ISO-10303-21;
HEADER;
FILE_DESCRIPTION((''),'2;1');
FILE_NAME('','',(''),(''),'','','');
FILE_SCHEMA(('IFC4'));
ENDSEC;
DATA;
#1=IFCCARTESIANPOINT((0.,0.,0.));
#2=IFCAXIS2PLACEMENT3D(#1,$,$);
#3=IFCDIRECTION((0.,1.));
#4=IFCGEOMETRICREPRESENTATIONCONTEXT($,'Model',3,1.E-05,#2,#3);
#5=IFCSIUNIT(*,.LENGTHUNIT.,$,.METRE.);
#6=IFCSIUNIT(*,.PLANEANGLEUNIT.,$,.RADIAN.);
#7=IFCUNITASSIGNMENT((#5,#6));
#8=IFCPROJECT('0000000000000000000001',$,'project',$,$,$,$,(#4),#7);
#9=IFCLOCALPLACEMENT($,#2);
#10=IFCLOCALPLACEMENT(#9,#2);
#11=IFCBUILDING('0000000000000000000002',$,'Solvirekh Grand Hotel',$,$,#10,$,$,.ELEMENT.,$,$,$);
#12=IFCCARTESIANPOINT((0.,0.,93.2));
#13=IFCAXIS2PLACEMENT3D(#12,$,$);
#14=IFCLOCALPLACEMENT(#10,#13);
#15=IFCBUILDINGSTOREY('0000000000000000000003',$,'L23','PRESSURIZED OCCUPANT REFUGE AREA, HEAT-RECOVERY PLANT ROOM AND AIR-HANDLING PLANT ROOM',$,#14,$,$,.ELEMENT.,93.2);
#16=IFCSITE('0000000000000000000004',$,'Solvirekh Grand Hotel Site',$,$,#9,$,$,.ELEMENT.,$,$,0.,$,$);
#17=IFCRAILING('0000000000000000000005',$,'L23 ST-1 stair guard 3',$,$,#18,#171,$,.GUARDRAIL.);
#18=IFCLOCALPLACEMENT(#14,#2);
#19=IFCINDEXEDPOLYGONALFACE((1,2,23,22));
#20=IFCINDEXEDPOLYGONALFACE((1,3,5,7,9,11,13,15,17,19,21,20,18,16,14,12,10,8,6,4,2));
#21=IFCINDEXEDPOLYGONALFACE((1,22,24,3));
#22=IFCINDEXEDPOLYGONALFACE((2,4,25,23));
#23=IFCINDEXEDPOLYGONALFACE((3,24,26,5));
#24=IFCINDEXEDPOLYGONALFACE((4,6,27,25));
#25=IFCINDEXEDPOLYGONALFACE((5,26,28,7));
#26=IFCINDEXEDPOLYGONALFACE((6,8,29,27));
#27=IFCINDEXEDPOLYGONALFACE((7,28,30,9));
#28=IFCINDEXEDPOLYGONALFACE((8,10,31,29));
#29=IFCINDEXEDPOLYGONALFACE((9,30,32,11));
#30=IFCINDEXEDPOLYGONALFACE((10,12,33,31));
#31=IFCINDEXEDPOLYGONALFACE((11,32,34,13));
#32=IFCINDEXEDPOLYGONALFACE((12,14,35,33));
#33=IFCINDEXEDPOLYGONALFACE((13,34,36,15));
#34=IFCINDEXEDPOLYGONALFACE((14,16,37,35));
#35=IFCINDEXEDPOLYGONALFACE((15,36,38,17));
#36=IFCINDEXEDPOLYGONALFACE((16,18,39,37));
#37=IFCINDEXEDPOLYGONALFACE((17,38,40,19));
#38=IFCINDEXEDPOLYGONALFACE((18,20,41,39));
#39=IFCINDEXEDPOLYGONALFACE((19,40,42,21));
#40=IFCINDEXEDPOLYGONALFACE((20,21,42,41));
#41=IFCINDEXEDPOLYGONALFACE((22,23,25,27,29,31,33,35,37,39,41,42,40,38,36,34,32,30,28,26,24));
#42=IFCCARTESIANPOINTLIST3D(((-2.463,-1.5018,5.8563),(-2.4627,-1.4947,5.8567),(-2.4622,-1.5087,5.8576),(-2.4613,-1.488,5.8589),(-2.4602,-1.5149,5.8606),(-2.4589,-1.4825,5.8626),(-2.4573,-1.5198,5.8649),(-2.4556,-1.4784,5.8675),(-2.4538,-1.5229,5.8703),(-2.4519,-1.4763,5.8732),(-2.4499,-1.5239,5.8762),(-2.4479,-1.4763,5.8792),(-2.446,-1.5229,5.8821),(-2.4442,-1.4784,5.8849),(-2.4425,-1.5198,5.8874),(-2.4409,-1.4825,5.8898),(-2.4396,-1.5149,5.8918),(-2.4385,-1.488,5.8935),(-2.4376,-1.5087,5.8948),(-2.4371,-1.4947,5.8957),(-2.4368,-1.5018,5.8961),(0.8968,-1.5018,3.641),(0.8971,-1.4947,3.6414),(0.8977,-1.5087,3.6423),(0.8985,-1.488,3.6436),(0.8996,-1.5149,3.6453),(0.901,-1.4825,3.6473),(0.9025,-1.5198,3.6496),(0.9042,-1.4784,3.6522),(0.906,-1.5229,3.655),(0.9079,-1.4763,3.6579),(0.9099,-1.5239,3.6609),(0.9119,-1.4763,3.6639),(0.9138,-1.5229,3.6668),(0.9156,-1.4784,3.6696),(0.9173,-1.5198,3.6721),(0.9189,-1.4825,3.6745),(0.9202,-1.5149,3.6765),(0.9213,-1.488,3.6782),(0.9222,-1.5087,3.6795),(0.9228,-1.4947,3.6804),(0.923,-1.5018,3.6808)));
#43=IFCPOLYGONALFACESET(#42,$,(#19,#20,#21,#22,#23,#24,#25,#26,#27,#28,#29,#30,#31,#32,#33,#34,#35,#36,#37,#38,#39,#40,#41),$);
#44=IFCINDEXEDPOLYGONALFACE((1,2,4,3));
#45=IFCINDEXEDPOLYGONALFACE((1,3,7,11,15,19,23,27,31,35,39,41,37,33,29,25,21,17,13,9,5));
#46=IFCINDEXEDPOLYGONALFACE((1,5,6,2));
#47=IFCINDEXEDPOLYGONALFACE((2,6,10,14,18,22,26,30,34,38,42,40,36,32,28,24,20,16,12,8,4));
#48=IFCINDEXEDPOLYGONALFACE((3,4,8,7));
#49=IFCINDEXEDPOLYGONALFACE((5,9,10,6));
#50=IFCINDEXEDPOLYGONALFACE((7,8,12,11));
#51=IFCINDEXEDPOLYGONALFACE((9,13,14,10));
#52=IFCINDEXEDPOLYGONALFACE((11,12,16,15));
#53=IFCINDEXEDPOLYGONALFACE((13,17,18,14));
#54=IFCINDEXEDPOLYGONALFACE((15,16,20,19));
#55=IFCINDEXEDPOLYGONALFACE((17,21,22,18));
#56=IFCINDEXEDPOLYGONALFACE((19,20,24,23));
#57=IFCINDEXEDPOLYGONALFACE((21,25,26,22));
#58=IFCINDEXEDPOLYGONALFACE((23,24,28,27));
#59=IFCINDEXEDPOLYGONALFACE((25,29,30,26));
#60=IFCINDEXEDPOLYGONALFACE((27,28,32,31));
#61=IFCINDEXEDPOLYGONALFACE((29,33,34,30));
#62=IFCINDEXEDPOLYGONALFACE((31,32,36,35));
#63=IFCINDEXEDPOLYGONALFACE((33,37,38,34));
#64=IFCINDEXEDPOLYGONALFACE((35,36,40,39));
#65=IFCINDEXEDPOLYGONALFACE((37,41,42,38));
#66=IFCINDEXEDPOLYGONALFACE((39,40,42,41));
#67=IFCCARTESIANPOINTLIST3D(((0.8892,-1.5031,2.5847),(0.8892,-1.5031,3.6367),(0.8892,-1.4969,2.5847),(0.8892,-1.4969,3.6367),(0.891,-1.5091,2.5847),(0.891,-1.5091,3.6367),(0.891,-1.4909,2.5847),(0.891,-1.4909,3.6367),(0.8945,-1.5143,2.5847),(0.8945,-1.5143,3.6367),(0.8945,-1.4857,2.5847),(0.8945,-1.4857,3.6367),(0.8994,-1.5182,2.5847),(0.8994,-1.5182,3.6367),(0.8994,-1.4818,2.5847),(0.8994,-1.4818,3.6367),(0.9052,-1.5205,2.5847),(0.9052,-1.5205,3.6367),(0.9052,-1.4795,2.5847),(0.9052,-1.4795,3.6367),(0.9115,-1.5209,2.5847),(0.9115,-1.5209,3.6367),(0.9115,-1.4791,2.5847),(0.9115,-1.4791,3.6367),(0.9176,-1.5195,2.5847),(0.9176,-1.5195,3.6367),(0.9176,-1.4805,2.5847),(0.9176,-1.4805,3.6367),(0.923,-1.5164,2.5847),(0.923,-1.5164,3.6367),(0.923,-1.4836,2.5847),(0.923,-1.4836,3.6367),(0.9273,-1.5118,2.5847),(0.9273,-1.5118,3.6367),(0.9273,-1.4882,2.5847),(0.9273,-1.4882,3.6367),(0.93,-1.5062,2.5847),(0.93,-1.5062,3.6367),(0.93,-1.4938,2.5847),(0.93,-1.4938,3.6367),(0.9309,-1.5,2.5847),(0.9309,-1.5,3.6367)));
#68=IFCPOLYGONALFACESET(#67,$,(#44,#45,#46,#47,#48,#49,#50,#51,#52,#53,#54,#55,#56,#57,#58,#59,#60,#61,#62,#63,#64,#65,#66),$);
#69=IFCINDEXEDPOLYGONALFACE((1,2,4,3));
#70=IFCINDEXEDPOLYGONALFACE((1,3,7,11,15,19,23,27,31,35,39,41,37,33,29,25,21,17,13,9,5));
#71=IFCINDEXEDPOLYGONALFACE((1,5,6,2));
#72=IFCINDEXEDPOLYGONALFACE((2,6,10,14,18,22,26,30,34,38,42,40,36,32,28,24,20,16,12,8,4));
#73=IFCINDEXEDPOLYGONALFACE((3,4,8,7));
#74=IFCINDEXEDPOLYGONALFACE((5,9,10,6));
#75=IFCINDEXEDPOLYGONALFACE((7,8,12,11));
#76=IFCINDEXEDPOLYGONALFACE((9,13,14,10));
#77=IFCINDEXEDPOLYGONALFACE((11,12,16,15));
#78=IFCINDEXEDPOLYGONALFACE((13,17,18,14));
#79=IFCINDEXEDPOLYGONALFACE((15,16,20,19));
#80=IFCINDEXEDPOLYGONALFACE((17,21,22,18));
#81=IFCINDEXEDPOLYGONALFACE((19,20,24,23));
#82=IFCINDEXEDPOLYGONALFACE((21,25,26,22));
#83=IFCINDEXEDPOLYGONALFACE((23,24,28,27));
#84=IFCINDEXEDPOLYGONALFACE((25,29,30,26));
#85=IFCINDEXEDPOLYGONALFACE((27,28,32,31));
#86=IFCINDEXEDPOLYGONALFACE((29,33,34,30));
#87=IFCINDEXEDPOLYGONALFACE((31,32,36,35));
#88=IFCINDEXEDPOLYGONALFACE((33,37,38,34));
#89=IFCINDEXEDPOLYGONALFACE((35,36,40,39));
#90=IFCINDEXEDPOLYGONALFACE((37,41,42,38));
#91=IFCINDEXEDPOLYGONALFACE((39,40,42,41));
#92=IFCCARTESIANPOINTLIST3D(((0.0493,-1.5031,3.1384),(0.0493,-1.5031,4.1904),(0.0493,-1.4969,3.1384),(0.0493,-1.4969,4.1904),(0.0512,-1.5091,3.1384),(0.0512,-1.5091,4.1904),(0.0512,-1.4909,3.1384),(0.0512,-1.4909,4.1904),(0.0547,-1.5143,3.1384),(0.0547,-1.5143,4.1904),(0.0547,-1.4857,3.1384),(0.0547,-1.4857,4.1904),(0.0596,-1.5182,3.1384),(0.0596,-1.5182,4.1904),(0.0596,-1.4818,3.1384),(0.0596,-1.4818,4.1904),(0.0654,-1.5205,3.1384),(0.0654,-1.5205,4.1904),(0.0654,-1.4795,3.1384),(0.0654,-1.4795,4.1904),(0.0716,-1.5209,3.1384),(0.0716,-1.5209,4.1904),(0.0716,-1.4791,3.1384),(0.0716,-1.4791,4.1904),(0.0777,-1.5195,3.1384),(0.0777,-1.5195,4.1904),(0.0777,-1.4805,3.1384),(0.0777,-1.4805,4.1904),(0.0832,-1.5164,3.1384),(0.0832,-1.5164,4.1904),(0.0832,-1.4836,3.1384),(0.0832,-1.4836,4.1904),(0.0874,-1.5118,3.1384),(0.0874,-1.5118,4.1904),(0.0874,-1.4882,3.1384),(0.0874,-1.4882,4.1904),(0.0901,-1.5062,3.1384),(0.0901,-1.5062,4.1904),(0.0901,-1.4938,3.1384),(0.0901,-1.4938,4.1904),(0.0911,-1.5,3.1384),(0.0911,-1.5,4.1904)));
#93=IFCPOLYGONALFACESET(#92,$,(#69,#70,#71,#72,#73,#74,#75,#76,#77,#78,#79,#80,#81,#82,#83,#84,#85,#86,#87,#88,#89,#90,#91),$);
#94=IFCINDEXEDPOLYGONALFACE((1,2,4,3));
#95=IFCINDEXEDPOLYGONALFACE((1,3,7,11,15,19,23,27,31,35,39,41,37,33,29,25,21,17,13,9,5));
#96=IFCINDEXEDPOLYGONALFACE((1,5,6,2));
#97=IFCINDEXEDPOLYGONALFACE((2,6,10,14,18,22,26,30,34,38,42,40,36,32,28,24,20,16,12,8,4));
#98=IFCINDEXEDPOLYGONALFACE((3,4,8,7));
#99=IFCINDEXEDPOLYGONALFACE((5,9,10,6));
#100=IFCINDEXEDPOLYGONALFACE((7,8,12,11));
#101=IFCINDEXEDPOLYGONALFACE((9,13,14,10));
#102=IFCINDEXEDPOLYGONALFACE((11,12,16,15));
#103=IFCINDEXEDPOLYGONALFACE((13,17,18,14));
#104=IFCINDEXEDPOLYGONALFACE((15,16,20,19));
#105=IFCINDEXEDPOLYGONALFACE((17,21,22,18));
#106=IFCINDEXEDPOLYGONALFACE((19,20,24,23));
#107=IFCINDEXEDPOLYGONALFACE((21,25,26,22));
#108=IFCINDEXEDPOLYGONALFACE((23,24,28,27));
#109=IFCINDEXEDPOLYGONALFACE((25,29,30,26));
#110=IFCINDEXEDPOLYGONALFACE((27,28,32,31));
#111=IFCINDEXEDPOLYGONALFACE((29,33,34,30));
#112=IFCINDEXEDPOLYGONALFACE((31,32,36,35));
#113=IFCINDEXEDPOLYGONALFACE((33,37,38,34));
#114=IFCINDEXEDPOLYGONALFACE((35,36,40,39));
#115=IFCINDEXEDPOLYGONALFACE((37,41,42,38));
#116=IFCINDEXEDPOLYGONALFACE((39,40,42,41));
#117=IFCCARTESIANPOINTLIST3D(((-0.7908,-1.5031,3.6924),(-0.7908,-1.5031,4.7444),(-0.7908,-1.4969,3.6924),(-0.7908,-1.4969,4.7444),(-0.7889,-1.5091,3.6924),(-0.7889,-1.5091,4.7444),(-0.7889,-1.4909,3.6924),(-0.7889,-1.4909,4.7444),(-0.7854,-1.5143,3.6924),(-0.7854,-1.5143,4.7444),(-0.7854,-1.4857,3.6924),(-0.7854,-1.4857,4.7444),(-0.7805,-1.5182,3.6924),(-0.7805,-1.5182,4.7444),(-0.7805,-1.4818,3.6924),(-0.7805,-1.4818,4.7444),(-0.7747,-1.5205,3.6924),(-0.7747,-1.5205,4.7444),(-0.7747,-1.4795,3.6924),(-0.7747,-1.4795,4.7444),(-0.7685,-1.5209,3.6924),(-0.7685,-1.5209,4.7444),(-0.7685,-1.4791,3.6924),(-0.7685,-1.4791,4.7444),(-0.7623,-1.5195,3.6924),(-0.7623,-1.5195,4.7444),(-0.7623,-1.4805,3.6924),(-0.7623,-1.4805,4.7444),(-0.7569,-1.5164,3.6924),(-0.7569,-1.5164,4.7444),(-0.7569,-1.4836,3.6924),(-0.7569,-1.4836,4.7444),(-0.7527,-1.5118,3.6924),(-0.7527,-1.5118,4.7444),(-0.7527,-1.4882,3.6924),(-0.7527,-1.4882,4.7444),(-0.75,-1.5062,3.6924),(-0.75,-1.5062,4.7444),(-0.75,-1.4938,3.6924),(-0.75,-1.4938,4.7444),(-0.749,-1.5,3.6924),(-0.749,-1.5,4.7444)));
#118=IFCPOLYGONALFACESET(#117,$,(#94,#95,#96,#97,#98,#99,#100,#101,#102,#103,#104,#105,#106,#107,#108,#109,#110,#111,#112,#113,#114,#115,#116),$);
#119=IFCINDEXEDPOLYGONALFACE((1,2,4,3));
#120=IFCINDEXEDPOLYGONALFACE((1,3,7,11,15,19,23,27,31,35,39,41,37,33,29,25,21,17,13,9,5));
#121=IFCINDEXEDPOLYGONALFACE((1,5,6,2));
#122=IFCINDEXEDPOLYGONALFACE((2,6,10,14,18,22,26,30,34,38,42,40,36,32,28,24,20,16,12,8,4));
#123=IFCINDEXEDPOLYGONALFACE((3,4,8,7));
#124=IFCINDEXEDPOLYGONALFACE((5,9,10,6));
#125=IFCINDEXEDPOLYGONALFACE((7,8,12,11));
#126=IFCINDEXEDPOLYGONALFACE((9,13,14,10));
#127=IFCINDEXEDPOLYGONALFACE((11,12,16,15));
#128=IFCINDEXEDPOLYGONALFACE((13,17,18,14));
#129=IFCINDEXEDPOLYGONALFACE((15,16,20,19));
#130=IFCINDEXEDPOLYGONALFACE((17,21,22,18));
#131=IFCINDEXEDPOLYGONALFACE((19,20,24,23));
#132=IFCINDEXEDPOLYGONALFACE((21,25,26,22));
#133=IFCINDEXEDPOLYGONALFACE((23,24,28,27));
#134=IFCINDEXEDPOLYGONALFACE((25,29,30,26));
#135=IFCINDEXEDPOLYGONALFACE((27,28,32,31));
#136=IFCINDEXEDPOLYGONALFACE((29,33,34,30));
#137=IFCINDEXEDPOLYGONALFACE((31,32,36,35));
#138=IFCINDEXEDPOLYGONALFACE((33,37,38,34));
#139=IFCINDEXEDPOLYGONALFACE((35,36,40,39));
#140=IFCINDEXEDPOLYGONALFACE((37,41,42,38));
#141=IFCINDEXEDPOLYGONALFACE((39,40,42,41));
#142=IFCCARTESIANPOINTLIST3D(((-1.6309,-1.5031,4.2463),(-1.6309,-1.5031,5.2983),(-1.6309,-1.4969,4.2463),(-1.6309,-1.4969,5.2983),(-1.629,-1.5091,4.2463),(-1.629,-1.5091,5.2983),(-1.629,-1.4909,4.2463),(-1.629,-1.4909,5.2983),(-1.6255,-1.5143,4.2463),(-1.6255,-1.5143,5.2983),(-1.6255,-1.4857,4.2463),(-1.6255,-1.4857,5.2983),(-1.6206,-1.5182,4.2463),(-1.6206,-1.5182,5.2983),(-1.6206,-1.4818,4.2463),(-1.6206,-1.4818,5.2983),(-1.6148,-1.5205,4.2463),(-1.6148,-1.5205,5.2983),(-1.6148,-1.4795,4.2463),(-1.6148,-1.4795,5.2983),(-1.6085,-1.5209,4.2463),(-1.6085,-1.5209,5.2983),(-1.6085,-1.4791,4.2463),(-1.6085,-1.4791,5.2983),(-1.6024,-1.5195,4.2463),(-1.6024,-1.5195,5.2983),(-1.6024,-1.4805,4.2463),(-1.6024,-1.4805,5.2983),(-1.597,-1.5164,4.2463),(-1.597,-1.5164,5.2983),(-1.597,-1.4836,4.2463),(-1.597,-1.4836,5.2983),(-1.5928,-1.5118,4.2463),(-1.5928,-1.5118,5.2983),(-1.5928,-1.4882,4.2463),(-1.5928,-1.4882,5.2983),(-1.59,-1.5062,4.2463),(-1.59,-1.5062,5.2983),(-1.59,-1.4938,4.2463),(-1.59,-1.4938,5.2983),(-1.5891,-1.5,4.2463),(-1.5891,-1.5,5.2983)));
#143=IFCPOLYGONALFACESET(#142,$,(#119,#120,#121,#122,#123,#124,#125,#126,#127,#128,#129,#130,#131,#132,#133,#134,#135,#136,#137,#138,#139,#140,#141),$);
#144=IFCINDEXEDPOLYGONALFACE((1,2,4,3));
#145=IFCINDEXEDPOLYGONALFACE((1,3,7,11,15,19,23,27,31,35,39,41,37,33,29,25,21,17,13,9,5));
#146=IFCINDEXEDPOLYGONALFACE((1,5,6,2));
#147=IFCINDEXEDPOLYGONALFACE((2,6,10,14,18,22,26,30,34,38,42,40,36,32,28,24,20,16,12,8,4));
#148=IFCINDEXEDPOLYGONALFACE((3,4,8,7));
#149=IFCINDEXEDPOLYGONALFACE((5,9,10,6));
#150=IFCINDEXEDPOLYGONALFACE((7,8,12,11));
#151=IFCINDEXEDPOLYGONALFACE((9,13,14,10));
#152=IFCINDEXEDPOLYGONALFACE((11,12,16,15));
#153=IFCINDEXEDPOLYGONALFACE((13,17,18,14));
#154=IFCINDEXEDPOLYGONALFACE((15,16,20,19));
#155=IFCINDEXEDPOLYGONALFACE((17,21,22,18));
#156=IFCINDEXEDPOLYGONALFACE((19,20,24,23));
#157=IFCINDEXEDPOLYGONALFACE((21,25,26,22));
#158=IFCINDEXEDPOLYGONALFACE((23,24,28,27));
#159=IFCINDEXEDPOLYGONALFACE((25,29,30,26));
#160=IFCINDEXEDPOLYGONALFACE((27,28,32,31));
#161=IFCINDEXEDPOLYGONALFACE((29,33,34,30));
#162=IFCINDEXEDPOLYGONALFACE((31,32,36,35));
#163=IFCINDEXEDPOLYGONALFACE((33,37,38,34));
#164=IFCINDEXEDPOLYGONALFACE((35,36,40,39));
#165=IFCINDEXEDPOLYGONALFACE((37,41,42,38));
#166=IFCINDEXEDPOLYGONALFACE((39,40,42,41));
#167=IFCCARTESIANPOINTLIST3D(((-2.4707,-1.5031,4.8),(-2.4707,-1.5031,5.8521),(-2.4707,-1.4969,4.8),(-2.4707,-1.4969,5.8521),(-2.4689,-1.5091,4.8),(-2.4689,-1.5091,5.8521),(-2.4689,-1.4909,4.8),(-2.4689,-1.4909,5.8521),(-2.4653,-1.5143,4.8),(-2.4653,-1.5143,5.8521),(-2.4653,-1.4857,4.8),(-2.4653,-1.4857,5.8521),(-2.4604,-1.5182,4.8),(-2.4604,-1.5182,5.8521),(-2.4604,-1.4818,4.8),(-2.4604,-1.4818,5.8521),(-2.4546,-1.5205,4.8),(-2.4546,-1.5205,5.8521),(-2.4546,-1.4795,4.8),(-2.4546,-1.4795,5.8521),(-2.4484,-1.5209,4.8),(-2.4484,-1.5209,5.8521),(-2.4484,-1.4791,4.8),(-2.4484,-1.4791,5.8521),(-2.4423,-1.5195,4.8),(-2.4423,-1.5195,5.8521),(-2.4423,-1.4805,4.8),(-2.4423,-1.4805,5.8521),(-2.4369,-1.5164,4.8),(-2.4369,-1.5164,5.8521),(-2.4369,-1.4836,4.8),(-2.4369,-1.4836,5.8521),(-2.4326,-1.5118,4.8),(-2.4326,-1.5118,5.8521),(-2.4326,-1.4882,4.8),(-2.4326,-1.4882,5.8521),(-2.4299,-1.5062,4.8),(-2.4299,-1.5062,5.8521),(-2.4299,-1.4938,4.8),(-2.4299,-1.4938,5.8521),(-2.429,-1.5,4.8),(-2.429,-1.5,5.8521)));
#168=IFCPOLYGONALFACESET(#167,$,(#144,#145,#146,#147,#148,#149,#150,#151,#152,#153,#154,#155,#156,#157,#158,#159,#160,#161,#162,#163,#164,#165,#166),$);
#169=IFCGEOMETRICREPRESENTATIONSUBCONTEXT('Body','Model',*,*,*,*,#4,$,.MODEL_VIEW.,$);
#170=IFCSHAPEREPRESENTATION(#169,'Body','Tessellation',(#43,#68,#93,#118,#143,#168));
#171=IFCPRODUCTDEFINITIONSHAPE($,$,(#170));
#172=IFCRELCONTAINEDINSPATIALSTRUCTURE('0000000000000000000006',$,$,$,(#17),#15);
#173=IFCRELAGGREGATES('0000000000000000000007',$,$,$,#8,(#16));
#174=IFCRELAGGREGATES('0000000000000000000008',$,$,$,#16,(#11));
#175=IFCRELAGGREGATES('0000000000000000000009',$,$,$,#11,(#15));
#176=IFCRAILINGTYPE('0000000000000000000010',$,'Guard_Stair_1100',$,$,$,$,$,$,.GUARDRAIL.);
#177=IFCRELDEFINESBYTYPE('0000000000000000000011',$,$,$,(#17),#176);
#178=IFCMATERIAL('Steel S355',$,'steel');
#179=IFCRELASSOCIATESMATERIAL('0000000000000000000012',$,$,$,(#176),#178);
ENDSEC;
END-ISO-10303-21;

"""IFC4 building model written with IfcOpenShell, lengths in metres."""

from ifc_helpers import new_model, si_unit, direction, frame, origin, origin_2d, place, context, subcontext, project, spatial, circle, extrude, material, type_object, element, save


model = new_model("IFC4")

# Units and contexts
model_context = context("Model", 3, precision=1e-05, world=origin(), true_north=direction((0.0, 1.0)))
body_context = subcontext(model_context, "Body", "Model", "MODEL_VIEW")
ifc_project = project(units=[si_unit("LENGTHUNIT", "METRE"), si_unit("PLANEANGLEUNIT", "RADIAN")], contexts=[model_context])

# Site, building, storey
site_placement = place(None, origin())
site = spatial("IfcSite", under=ifc_project, at=site_placement, Name="Solvirekh Grand Hotel Site", CompositionType="ELEMENT", RefElevation=0.0)
building_placement = place(site_placement, origin())
building = spatial("IfcBuilding", under=site, at=building_placement, Name="Solvirekh Grand Hotel", CompositionType="ELEMENT")
storey_placement = place(building_placement, frame((0.0, 0.0, 93.2)))
storey = spatial("IfcBuildingStorey", under=building, at=storey_placement, Name="L23", Description="PRESSURIZED OCCUPANT REFUGE AREA, HEAT-RECOVERY PLANT ROOM AND AIR-HANDLING PLANT ROOM", CompositionType="ELEMENT", Elevation=93.2)

# Shared definitions
ifc_material_1 = material(Name="Steel S355", Category="steel")

# Railing
railing_type_1 = type_object("IfcRailingType", Name="Guard_Stair_1100", PredefinedType="GUARDRAIL", material=ifc_material_1)
railing_1_placement = place(storey_placement, frame((0.9099, -1.5, 2.5847)))
element("IfcRailing", 1, at=railing_1_placement, inside=storey, type_object=railing_type_1, Name="L23 ST-1 stair guard 3", PredefinedType="GUARDRAIL", context=body_context, shape_type="SweptSolid", body=[
    extrude(circle(Radius=0.0239, at=origin_2d()), frame((0.0, 0.0, 1.0762), z_axis=(-0.834858, 0.0, 0.550465), x_axis=(0.0, -1.0, 0.0)), (0.0, 0.0, 1.0), 4.0244),
    extrude(circle(Radius=0.021, at=origin_2d()), origin(), (0.0, 0.0, 1.0), 1.052),
    extrude(circle(Radius=0.021, at=origin_2d()), frame((-0.8398, 0.0, 0.5537)), (0.0, 0.0, 1.0), 1.052),
    extrude(circle(Radius=0.021, at=origin_2d()), frame((-1.6799, 0.0, 1.1077)), (0.0, 0.0, 1.0), 1.052),
    extrude(circle(Radius=0.021, at=origin_2d()), frame((-2.52, 0.0, 1.6616)), (0.0, 0.0, 1.0), 1.052),
    extrude(circle(Radius=0.021, at=origin_2d()), frame((-3.3599, 0.0, 2.2153)), (0.0, 0.0, 1.0), 1.052),
])

save(model, "model.ifc")
